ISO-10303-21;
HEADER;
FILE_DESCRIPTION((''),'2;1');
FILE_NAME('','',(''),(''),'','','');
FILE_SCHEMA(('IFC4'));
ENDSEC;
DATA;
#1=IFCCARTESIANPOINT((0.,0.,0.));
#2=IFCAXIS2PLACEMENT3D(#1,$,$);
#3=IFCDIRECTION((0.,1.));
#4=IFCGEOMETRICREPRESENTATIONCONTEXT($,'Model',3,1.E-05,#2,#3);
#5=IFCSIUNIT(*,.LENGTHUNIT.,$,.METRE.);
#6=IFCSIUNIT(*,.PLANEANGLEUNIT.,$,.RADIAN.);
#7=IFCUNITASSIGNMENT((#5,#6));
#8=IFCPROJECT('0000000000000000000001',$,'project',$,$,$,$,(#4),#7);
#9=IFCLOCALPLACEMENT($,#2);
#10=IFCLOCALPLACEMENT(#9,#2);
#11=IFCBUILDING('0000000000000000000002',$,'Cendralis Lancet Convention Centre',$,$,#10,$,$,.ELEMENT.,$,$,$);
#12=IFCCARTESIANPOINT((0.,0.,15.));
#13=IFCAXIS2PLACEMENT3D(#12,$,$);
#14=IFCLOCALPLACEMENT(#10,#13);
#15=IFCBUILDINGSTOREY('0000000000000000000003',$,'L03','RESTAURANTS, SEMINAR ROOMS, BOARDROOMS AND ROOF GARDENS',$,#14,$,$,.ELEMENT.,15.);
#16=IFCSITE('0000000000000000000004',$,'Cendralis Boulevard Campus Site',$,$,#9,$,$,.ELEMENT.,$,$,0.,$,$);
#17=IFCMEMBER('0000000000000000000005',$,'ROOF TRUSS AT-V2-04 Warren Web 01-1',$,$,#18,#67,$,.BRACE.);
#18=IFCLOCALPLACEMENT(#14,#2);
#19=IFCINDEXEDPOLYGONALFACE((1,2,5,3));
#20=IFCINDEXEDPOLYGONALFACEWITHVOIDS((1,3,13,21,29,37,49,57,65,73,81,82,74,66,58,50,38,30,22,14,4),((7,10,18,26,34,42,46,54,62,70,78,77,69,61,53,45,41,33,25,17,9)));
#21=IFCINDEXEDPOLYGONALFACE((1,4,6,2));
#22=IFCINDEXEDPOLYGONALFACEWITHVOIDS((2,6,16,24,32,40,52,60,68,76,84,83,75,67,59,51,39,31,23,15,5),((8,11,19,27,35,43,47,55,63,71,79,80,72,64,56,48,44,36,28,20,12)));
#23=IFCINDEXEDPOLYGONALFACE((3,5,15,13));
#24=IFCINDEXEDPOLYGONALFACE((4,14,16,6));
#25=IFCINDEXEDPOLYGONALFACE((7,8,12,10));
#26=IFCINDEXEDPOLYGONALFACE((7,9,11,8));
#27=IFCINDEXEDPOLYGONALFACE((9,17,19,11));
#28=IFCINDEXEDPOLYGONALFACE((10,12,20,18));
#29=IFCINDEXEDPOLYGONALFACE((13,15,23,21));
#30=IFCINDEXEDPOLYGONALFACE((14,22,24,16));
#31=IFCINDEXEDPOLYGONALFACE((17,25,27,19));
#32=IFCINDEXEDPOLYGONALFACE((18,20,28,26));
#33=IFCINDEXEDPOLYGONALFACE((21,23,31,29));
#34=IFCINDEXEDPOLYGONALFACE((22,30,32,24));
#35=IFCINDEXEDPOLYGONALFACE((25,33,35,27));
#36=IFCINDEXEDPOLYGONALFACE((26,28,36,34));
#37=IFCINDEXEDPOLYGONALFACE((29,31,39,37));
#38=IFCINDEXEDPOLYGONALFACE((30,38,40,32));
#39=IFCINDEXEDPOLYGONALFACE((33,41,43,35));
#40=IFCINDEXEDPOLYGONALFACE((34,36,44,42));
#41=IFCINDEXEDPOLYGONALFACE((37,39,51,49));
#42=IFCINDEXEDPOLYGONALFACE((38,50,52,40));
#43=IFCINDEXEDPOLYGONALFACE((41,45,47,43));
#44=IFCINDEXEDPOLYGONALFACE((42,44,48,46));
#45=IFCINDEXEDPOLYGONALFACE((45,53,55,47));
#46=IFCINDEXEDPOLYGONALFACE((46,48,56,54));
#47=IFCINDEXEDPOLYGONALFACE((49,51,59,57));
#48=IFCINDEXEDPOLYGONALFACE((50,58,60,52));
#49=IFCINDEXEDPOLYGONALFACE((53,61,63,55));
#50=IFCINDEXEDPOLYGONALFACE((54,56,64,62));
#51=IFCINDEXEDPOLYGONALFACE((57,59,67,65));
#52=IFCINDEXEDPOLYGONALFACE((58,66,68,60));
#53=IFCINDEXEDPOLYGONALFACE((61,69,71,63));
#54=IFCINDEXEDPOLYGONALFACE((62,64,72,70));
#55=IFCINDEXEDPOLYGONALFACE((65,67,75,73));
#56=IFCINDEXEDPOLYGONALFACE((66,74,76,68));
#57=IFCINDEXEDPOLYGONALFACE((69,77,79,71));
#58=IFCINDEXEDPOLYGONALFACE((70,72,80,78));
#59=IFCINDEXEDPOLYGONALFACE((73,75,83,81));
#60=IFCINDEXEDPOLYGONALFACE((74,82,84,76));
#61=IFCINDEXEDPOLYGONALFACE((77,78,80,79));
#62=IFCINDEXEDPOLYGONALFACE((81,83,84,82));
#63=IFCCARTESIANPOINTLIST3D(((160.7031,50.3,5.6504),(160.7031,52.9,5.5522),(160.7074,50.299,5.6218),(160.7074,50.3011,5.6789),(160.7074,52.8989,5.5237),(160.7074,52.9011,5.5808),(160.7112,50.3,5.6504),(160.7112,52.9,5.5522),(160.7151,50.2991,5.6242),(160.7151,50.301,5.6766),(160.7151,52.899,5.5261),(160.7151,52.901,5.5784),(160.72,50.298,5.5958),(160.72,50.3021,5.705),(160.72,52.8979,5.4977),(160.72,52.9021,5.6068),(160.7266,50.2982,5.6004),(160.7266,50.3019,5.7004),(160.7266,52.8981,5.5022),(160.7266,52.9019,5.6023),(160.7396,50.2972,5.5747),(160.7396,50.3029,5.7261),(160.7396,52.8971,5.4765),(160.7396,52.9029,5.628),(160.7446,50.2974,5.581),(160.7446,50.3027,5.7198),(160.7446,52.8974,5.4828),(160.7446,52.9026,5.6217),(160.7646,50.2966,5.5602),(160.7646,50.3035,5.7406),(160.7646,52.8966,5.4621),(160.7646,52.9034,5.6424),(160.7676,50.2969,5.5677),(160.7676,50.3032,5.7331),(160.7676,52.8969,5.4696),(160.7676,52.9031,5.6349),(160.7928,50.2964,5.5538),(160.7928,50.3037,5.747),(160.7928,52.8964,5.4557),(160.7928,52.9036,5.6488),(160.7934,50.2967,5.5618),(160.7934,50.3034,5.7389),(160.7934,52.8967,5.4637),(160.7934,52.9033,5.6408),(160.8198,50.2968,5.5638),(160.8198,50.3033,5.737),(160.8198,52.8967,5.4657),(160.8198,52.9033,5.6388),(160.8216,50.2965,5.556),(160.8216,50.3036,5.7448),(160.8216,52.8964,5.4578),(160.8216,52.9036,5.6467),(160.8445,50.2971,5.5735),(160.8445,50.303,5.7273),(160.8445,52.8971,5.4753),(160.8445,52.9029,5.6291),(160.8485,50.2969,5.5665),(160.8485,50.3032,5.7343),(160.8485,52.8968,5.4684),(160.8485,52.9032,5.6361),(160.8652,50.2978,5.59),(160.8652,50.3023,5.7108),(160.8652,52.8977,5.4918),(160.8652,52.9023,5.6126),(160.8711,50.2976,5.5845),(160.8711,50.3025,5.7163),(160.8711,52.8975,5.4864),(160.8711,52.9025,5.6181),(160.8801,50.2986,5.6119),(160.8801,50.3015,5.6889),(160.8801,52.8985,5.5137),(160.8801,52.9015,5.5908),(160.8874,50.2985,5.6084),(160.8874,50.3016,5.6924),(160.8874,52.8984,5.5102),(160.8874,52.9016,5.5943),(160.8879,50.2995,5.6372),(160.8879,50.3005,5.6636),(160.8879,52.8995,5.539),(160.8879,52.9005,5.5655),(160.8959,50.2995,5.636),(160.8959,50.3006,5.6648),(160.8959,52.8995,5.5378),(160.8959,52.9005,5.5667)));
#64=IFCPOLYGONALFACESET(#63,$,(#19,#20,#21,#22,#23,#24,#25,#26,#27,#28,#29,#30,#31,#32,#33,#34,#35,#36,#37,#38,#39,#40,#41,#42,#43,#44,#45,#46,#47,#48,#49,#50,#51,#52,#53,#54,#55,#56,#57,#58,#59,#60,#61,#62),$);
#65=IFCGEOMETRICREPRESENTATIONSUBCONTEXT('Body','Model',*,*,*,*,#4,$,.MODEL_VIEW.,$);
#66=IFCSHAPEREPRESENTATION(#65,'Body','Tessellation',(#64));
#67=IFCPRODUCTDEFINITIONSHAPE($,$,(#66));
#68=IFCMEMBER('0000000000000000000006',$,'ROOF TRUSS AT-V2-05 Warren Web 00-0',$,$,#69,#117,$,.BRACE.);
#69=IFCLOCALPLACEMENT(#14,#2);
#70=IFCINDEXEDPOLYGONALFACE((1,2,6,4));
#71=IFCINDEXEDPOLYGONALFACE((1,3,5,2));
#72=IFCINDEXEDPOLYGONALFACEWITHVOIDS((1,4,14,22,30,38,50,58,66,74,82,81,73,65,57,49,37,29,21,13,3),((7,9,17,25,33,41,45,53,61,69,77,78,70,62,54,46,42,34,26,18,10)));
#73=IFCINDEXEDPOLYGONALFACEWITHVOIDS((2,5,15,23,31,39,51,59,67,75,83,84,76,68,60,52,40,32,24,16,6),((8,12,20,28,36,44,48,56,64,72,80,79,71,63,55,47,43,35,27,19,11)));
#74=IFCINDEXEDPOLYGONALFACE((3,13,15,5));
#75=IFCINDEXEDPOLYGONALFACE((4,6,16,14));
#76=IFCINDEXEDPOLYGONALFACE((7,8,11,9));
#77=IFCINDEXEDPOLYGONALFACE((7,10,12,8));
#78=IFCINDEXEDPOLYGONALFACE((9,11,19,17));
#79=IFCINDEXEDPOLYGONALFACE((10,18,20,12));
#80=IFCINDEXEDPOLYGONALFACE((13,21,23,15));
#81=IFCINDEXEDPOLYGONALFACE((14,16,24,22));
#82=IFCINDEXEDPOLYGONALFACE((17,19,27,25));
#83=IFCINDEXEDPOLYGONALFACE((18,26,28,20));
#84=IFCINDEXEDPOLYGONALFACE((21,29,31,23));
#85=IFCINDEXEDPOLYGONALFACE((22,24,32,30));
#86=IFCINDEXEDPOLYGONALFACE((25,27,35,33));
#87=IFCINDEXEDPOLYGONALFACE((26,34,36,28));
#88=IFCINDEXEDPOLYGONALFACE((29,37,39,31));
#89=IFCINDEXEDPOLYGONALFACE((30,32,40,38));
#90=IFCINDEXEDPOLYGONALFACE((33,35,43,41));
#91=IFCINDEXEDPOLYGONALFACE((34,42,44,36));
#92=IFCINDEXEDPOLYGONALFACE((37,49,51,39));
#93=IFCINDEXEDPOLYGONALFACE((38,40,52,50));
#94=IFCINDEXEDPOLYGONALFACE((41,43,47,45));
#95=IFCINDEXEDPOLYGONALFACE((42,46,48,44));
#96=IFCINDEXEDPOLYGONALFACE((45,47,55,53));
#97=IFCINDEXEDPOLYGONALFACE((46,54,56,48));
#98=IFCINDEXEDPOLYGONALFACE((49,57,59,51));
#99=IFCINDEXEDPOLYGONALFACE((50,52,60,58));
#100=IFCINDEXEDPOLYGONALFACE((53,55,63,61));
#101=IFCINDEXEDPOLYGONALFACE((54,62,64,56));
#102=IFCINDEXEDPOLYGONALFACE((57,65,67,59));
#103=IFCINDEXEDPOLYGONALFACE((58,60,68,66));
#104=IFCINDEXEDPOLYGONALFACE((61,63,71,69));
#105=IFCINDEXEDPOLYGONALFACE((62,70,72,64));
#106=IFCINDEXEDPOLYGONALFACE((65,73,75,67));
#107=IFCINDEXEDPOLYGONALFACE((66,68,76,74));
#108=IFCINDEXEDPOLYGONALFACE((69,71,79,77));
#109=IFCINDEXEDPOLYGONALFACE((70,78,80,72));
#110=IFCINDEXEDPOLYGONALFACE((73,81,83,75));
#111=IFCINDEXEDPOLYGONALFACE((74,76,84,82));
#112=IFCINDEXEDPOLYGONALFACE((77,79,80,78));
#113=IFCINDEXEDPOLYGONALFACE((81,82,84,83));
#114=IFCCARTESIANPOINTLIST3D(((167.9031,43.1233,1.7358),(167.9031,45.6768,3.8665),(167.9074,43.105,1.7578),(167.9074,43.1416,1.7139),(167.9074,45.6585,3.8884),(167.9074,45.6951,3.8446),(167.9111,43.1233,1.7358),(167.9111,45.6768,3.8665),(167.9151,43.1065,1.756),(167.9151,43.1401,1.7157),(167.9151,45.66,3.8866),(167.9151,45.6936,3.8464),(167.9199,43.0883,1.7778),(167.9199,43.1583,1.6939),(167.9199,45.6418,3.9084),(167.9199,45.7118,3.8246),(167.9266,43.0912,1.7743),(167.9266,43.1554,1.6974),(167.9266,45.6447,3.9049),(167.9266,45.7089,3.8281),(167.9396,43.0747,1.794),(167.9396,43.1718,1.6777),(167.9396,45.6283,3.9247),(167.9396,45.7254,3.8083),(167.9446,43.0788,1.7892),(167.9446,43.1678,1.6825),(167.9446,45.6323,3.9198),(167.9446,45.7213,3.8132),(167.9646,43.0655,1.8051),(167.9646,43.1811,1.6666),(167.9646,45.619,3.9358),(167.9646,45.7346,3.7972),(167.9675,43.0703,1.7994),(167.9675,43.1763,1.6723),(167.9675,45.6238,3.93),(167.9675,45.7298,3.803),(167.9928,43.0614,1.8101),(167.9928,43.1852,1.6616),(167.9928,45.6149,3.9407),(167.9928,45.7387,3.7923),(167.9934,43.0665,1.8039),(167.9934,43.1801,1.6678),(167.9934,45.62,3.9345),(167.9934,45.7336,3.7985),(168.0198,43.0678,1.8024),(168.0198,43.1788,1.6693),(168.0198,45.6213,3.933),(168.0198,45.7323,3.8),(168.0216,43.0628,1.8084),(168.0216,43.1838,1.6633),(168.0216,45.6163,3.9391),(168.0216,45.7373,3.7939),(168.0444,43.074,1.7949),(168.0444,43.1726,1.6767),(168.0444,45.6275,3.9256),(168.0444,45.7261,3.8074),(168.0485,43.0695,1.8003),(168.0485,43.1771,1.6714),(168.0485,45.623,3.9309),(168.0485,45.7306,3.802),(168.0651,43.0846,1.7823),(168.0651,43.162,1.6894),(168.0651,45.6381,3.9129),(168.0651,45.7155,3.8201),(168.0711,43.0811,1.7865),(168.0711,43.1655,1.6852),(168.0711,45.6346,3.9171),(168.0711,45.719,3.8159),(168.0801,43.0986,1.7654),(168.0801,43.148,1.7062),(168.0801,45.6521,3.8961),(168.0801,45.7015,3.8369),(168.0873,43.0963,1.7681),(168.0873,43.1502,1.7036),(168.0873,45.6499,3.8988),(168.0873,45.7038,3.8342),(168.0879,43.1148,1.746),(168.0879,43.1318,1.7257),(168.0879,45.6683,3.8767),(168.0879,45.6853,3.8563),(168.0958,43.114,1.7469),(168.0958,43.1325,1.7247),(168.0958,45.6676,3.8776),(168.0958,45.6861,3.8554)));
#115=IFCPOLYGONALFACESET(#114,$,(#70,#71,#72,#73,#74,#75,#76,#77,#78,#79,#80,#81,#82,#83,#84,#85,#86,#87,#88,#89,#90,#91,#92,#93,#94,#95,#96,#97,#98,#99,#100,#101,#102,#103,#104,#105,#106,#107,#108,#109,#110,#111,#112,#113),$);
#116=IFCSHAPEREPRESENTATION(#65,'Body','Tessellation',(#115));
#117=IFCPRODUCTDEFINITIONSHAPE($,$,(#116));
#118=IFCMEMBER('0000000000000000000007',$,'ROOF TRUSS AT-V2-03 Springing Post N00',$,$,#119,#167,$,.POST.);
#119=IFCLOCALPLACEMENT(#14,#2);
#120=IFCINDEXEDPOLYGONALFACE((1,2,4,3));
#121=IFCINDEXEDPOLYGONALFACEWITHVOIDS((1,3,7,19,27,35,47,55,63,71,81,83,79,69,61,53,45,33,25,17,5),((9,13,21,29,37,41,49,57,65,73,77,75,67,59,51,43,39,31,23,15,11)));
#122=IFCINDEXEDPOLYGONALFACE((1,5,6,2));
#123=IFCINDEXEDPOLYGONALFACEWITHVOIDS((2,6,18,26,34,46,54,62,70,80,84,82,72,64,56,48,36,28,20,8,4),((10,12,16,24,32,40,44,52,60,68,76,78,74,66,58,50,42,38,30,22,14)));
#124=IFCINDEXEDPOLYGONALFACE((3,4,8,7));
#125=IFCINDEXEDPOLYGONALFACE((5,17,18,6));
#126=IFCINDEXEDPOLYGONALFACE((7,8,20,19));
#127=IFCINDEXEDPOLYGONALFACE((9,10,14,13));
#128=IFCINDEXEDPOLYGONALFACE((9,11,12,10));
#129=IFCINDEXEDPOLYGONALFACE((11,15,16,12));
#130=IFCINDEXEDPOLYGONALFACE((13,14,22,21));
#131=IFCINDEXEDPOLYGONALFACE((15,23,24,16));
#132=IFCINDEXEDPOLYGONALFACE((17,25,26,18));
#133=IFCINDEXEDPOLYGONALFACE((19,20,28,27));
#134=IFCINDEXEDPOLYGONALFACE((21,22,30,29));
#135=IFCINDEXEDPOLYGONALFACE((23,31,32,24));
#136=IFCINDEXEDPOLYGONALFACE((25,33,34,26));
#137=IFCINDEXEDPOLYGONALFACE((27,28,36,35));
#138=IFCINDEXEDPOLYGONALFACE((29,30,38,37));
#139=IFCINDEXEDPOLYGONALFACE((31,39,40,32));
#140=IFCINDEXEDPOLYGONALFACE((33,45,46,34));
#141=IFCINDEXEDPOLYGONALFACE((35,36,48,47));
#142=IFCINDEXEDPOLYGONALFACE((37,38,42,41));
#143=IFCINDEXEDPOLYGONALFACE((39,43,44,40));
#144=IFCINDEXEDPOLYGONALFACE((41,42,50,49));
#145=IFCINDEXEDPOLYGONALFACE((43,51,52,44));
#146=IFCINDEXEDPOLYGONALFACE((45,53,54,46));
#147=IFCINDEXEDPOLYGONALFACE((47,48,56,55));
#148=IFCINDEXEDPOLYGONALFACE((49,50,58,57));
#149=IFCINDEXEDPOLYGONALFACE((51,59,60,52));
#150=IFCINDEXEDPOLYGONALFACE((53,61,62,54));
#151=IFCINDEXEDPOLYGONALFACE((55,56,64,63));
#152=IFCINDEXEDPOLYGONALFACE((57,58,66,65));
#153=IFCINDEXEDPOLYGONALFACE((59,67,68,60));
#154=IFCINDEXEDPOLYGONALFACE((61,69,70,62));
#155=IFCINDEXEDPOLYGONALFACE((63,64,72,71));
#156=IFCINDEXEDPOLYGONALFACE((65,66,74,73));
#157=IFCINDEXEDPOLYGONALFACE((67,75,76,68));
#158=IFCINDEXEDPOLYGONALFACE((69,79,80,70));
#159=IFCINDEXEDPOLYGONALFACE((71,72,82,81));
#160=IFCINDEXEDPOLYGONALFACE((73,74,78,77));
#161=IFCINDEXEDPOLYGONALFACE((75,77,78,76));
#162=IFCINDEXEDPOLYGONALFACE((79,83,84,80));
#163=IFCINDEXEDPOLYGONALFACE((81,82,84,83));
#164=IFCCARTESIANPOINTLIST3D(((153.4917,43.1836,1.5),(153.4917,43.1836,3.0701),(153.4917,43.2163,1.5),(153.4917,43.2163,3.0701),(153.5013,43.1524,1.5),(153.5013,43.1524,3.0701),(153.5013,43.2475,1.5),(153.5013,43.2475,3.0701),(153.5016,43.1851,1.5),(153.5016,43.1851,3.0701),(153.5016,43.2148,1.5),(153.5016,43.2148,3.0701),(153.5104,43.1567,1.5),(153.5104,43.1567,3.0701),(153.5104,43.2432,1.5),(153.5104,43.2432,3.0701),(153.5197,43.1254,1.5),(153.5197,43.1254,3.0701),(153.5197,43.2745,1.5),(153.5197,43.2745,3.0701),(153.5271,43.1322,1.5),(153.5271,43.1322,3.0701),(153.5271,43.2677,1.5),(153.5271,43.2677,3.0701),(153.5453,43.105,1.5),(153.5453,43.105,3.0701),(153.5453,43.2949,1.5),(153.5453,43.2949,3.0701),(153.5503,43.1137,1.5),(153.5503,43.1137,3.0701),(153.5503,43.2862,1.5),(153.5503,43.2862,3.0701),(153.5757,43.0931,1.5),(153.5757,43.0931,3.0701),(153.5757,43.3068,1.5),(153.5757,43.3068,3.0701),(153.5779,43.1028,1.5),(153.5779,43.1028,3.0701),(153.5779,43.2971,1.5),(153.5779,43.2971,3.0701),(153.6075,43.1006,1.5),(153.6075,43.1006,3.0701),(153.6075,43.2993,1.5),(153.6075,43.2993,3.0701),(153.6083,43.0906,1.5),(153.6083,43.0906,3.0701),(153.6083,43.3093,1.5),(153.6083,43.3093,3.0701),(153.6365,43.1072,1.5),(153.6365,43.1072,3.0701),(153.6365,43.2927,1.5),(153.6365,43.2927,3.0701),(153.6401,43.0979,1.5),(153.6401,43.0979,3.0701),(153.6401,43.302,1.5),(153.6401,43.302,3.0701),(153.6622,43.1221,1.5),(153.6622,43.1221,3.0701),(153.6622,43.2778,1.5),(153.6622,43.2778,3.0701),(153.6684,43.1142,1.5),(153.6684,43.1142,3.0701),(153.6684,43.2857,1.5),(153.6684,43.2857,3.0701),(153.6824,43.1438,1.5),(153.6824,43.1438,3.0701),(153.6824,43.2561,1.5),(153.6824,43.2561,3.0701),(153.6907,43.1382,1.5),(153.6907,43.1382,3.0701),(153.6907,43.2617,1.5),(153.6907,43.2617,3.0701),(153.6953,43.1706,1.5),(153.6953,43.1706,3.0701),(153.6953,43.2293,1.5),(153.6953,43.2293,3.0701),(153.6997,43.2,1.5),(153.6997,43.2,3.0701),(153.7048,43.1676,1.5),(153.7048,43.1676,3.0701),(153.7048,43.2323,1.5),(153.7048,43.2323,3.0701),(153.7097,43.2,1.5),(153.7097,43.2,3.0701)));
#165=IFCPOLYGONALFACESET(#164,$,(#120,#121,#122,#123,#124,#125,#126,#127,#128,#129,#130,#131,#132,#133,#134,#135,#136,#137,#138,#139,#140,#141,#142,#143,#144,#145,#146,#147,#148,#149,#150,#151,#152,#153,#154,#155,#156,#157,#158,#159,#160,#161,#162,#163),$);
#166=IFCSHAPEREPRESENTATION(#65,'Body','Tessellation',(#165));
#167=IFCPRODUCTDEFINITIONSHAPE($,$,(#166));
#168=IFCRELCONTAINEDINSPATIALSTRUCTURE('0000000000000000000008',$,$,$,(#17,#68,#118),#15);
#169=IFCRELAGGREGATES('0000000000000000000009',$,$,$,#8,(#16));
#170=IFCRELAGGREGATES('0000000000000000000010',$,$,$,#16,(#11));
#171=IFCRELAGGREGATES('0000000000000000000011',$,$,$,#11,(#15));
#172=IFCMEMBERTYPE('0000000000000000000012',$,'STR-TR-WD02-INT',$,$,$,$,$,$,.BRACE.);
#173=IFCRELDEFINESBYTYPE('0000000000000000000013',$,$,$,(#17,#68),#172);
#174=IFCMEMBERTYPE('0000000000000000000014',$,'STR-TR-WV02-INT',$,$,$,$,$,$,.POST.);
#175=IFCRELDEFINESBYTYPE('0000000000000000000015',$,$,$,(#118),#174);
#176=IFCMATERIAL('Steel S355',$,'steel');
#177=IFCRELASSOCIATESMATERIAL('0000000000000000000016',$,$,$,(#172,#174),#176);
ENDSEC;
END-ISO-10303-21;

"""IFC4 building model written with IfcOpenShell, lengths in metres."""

from ifc_helpers import new_model, si_unit, direction, frame, origin, origin_2d, place, context, subcontext, project, spatial, hollow_circle, extrude, material, material_profile, profile_set, type_object, element, save


model = new_model("IFC4")

# Units and contexts
model_context = context("Model", 3, precision=1e-05, world=origin(), true_north=direction((0.0, 1.0)))
body_context = subcontext(model_context, "Body", "Model", "MODEL_VIEW")
ifc_project = project(units=[si_unit("LENGTHUNIT", "METRE"), si_unit("PLANEANGLEUNIT", "RADIAN")], contexts=[model_context])

# Site, building, storey
site_placement = place(None, origin())
site = spatial("IfcSite", under=ifc_project, at=site_placement, Name="Cendralis Boulevard Campus Site", CompositionType="ELEMENT", RefElevation=0.0)
building_placement = place(site_placement, origin())
building = spatial("IfcBuilding", under=site, at=building_placement, Name="Cendralis Lancet Convention Centre", CompositionType="ELEMENT")
storey_placement = place(building_placement, frame((0.0, 0.0, 15.0)))
storey = spatial("IfcBuildingStorey", under=building, at=storey_placement, Name="L03", Description="RESTAURANTS, SEMINAR ROOMS, BOARDROOMS AND ROOF GARDENS", CompositionType="ELEMENT", Elevation=15.0)

# Shared definitions
ifc_material_1 = material(Name="Steel S355", Category="steel")

# Members
ifc_material_profile_1 = material_profile(ifc_material_1, hollow_circle(Radius=0.0969, WallThickness=0.0081, at=origin_2d()), Name="CHS 193.7x8.0")
ifc_profile_set_1 = profile_set([ifc_material_profile_1], Name="Steel S355")
member_type_1 = type_object("IfcMemberType", Name="STR-TR-WD02-INT", PredefinedType="BRACE", material=ifc_profile_set_1)
member_1_placement = place(storey_placement, frame((160.8, 50.3, 5.6504), z_axis=(0.0, 0.999288, -0.037723), x_axis=(-1.0, 0.0, 0.0)))
element("IfcMember", 1, at=member_1_placement, inside=storey, type_object=member_type_1, Name="ROOF TRUSS AT-V2-04 Warren Web 01-1", PredefinedType="BRACE", context=body_context, shape_type="SweptSolid", body=[
    extrude(hollow_circle(Radius=0.0969, WallThickness=0.0081, at=origin_2d()), origin(), (0.0, 0.0, 1.0), 2.6018),
])
member_2_placement = place(storey_placement, frame((168.0, 43.1233, 1.7358), z_axis=(0.0, 0.767818, 0.640668), x_axis=(-1.0, 0.0, 0.0)))
element("IfcMember", 2, at=member_2_placement, inside=storey, type_object=member_type_1, Name="ROOF TRUSS AT-V2-05 Warren Web 00-0", PredefinedType="BRACE", context=body_context, shape_type="SweptSolid", body=[
    extrude(hollow_circle(Radius=0.0969, WallThickness=0.0081, at=origin_2d()), origin(), (0.0, 0.0, 1.0), 3.3257),
])
ifc_material_profile_2 = material_profile(ifc_material_1, hollow_circle(Radius=0.1096, WallThickness=0.01, at=origin_2d()), Name="CHS 219.1x10.0")
ifc_profile_set_2 = profile_set([ifc_material_profile_2], Name="Steel S355")
member_type_2 = type_object("IfcMemberType", Name="STR-TR-WV02-INT", PredefinedType="POST", material=ifc_profile_set_2)
for number, where, z_axis, x_axis, name in (
    (3, (153.6001, 43.2, 1.5), (0.0, 0.0, 1.0), (1.0, 0.0, 0.0), "ROOF TRUSS AT-V2-03 Springing Post N00"),
):
    element("IfcMember", number, at=place(storey_placement, frame(where, z_axis=z_axis, x_axis=x_axis)), inside=storey, type_object=member_type_2, Name=name, PredefinedType="POST", context=body_context, shape_type="SweptSolid", body=[
        extrude(hollow_circle(Radius=0.1096, WallThickness=0.01, at=origin_2d()), origin(), (0.0, 0.0, 1.0), 1.5701),
    ])

save(model, "model.ifc")
